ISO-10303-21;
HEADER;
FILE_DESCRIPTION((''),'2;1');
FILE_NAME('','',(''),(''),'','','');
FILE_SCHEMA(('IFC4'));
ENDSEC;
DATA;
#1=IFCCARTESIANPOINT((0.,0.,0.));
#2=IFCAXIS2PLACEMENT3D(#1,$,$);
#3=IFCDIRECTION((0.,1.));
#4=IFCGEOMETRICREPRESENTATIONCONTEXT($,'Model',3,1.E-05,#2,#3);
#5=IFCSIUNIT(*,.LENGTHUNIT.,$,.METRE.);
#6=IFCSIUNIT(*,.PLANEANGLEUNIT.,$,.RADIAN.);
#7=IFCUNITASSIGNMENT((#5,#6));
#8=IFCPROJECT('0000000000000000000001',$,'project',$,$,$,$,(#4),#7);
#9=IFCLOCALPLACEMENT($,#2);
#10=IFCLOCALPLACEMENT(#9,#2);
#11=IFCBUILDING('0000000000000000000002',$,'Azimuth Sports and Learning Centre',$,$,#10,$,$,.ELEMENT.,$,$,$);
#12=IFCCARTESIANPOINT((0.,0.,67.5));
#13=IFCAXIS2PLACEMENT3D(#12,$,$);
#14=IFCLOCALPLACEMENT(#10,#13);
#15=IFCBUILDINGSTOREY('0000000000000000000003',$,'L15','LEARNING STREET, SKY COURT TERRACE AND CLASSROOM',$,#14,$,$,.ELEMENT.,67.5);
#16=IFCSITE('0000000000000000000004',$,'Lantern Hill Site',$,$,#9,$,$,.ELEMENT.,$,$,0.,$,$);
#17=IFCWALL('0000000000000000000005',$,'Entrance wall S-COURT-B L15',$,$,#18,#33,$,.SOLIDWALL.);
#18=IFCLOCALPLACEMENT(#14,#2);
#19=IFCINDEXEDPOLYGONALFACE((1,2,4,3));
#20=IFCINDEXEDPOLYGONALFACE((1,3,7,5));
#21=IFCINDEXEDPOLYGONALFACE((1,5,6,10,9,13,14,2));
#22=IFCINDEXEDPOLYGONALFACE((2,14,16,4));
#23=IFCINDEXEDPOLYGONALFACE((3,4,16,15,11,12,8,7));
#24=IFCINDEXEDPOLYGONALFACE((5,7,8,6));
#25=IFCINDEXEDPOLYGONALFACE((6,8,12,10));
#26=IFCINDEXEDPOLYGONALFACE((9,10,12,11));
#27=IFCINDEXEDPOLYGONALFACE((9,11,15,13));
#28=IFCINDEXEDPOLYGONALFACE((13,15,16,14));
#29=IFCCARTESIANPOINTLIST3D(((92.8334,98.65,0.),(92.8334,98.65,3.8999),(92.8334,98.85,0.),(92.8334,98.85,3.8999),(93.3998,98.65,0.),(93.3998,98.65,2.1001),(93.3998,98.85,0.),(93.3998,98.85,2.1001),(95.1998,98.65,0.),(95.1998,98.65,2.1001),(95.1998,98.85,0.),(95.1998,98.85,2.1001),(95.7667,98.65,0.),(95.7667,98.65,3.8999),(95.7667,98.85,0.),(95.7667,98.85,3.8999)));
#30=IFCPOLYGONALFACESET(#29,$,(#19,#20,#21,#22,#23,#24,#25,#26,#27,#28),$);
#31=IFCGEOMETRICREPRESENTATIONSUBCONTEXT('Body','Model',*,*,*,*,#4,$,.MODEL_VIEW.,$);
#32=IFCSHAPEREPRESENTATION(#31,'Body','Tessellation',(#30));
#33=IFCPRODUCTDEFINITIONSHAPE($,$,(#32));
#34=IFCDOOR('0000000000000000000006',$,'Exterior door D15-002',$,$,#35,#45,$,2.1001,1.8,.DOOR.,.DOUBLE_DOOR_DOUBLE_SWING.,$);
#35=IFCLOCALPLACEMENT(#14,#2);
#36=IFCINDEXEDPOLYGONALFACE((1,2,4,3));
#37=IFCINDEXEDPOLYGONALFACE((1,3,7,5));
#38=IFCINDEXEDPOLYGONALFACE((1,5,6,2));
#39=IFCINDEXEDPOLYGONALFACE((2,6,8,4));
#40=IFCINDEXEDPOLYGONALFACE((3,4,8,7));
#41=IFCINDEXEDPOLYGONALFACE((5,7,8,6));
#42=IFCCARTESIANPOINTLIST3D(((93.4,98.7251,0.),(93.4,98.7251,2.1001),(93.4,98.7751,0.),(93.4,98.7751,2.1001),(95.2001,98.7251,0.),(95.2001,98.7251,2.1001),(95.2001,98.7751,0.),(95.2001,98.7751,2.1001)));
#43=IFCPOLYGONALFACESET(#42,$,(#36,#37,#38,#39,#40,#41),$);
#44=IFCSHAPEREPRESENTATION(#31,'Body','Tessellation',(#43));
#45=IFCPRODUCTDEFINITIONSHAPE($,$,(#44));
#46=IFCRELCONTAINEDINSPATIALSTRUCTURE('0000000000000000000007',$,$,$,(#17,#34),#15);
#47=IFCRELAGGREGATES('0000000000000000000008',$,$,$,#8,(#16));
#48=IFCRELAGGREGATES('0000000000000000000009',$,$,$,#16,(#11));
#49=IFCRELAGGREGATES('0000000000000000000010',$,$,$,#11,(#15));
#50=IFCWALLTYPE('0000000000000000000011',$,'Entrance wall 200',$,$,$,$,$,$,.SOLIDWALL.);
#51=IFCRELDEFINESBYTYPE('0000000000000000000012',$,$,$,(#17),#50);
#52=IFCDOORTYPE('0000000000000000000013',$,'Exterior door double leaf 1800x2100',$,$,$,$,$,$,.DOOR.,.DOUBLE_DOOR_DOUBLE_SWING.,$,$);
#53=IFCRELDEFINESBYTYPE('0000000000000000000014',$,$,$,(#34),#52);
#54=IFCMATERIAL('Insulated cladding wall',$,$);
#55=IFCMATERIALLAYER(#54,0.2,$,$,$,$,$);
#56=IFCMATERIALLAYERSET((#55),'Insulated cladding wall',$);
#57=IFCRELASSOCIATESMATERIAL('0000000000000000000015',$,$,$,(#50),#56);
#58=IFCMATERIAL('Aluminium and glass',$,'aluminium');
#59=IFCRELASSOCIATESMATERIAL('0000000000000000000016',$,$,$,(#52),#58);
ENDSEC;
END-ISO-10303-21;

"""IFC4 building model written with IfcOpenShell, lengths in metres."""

from ifc_helpers import new_model, si_unit, direction, frame, frame_2d, origin, place, context, subcontext, project, spatial, rectangle, extrude, material, layer, layer_set, type_object, element, fill, save


model = new_model("IFC4")

# Units and contexts
model_context = context("Model", 3, precision=1e-05, world=origin(), true_north=direction((0.0, 1.0)))
body_context = subcontext(model_context, "Body", "Model", "MODEL_VIEW")
ifc_project = project(units=[si_unit("LENGTHUNIT", "METRE"), si_unit("PLANEANGLEUNIT", "RADIAN")], contexts=[model_context])

# Site, building, storey
site_placement = place(None, origin())
site = spatial("IfcSite", under=ifc_project, at=site_placement, Name="Lantern Hill Site", CompositionType="ELEMENT", RefElevation=0.0)
building_placement = place(site_placement, origin())
building = spatial("IfcBuilding", under=site, at=building_placement, Name="Azimuth Sports and Learning Centre", CompositionType="ELEMENT")
storey_placement = place(building_placement, frame((0.0, 0.0, 67.5)))
storey = spatial("IfcBuildingStorey", under=building, at=storey_placement, Name="L15", Description="LEARNING STREET, SKY COURT TERRACE AND CLASSROOM", CompositionType="ELEMENT", Elevation=67.5)

# Wall, opening, door
ifc_material_1 = material(Name="Insulated cladding wall")
ifc_layer_1 = layer(ifc_material_1, 0.2)
ifc_layer_set_1 = layer_set([ifc_layer_1], Name="Insulated cladding wall")
wall_type = type_object("IfcWallType", Name="Entrance wall 200", PredefinedType="SOLIDWALL", material=ifc_layer_set_1)
wall_placement = place(storey_placement, frame((92.8333, 98.75, 0.0), z_axis=(0.0, 0.0, 1.0), x_axis=(1.0, 0.0, 0.0)))
wall = element("IfcWall", 1, at=wall_placement, inside=storey, type_object=wall_type, Name="Entrance wall S-COURT-B L15", PredefinedType="SOLIDWALL", context=body_context, shape_type="SweptSolid", body=[
    extrude(rectangle(XDim=2.9333, YDim=0.2, at=frame_2d((1.4668, 0.0))), origin(), (0.0, 0.0, 1.0), 3.8999),
])
opening_placement = place(wall_placement, frame((0.5667, 0.0, 0.0)))
opening = element("IfcOpeningElement", 2, at=opening_placement, cuts=wall, PredefinedType="OPENING", context=body_context, shape_type="SweptSolid", body=[
    extrude(rectangle(XDim=1.8, YDim=2.1001, at=frame_2d((0.8999, 1.05))), frame((0.0, 0.1108, 0.0), z_axis=(0.0, -1.0, 0.0), x_axis=(1.0, 0.0, 0.0)), (0.0, 0.0, 1.0), 0.2219),
])
ifc_material_2 = material(Name="Aluminium and glass", Category="aluminium")
door_type = type_object("IfcDoorType", Name="Exterior door double leaf 1800x2100", OperationType="DOUBLE_DOOR_DOUBLE_SWING", PredefinedType="DOOR", material=ifc_material_2)
door_placement = place(opening_placement, frame((1.8, 0.0, 0.0), z_axis=(0.0, 0.0, 1.0), x_axis=(-1.0, 0.0, 0.0)))
door = element("IfcDoor", 3, at=door_placement, inside=storey, type_object=door_type, Name="Exterior door D15-002", OperationType="DOUBLE_DOOR_DOUBLE_SWING", OverallHeight=2.1001, OverallWidth=1.8, PredefinedType="DOOR", context=body_context, shape_type="SweptSolid", body=[
    extrude(rectangle(XDim=1.8, YDim=2.1001, at=frame_2d((0.8999, 1.05))), frame((0.0, 0.0249, 0.0), z_axis=(0.0, -1.0, 0.0), x_axis=(1.0, 0.0, 0.0)), (0.0, 0.0, 1.0), 0.05),
])
fill(opening, door)

save(model, "model.ifc")
